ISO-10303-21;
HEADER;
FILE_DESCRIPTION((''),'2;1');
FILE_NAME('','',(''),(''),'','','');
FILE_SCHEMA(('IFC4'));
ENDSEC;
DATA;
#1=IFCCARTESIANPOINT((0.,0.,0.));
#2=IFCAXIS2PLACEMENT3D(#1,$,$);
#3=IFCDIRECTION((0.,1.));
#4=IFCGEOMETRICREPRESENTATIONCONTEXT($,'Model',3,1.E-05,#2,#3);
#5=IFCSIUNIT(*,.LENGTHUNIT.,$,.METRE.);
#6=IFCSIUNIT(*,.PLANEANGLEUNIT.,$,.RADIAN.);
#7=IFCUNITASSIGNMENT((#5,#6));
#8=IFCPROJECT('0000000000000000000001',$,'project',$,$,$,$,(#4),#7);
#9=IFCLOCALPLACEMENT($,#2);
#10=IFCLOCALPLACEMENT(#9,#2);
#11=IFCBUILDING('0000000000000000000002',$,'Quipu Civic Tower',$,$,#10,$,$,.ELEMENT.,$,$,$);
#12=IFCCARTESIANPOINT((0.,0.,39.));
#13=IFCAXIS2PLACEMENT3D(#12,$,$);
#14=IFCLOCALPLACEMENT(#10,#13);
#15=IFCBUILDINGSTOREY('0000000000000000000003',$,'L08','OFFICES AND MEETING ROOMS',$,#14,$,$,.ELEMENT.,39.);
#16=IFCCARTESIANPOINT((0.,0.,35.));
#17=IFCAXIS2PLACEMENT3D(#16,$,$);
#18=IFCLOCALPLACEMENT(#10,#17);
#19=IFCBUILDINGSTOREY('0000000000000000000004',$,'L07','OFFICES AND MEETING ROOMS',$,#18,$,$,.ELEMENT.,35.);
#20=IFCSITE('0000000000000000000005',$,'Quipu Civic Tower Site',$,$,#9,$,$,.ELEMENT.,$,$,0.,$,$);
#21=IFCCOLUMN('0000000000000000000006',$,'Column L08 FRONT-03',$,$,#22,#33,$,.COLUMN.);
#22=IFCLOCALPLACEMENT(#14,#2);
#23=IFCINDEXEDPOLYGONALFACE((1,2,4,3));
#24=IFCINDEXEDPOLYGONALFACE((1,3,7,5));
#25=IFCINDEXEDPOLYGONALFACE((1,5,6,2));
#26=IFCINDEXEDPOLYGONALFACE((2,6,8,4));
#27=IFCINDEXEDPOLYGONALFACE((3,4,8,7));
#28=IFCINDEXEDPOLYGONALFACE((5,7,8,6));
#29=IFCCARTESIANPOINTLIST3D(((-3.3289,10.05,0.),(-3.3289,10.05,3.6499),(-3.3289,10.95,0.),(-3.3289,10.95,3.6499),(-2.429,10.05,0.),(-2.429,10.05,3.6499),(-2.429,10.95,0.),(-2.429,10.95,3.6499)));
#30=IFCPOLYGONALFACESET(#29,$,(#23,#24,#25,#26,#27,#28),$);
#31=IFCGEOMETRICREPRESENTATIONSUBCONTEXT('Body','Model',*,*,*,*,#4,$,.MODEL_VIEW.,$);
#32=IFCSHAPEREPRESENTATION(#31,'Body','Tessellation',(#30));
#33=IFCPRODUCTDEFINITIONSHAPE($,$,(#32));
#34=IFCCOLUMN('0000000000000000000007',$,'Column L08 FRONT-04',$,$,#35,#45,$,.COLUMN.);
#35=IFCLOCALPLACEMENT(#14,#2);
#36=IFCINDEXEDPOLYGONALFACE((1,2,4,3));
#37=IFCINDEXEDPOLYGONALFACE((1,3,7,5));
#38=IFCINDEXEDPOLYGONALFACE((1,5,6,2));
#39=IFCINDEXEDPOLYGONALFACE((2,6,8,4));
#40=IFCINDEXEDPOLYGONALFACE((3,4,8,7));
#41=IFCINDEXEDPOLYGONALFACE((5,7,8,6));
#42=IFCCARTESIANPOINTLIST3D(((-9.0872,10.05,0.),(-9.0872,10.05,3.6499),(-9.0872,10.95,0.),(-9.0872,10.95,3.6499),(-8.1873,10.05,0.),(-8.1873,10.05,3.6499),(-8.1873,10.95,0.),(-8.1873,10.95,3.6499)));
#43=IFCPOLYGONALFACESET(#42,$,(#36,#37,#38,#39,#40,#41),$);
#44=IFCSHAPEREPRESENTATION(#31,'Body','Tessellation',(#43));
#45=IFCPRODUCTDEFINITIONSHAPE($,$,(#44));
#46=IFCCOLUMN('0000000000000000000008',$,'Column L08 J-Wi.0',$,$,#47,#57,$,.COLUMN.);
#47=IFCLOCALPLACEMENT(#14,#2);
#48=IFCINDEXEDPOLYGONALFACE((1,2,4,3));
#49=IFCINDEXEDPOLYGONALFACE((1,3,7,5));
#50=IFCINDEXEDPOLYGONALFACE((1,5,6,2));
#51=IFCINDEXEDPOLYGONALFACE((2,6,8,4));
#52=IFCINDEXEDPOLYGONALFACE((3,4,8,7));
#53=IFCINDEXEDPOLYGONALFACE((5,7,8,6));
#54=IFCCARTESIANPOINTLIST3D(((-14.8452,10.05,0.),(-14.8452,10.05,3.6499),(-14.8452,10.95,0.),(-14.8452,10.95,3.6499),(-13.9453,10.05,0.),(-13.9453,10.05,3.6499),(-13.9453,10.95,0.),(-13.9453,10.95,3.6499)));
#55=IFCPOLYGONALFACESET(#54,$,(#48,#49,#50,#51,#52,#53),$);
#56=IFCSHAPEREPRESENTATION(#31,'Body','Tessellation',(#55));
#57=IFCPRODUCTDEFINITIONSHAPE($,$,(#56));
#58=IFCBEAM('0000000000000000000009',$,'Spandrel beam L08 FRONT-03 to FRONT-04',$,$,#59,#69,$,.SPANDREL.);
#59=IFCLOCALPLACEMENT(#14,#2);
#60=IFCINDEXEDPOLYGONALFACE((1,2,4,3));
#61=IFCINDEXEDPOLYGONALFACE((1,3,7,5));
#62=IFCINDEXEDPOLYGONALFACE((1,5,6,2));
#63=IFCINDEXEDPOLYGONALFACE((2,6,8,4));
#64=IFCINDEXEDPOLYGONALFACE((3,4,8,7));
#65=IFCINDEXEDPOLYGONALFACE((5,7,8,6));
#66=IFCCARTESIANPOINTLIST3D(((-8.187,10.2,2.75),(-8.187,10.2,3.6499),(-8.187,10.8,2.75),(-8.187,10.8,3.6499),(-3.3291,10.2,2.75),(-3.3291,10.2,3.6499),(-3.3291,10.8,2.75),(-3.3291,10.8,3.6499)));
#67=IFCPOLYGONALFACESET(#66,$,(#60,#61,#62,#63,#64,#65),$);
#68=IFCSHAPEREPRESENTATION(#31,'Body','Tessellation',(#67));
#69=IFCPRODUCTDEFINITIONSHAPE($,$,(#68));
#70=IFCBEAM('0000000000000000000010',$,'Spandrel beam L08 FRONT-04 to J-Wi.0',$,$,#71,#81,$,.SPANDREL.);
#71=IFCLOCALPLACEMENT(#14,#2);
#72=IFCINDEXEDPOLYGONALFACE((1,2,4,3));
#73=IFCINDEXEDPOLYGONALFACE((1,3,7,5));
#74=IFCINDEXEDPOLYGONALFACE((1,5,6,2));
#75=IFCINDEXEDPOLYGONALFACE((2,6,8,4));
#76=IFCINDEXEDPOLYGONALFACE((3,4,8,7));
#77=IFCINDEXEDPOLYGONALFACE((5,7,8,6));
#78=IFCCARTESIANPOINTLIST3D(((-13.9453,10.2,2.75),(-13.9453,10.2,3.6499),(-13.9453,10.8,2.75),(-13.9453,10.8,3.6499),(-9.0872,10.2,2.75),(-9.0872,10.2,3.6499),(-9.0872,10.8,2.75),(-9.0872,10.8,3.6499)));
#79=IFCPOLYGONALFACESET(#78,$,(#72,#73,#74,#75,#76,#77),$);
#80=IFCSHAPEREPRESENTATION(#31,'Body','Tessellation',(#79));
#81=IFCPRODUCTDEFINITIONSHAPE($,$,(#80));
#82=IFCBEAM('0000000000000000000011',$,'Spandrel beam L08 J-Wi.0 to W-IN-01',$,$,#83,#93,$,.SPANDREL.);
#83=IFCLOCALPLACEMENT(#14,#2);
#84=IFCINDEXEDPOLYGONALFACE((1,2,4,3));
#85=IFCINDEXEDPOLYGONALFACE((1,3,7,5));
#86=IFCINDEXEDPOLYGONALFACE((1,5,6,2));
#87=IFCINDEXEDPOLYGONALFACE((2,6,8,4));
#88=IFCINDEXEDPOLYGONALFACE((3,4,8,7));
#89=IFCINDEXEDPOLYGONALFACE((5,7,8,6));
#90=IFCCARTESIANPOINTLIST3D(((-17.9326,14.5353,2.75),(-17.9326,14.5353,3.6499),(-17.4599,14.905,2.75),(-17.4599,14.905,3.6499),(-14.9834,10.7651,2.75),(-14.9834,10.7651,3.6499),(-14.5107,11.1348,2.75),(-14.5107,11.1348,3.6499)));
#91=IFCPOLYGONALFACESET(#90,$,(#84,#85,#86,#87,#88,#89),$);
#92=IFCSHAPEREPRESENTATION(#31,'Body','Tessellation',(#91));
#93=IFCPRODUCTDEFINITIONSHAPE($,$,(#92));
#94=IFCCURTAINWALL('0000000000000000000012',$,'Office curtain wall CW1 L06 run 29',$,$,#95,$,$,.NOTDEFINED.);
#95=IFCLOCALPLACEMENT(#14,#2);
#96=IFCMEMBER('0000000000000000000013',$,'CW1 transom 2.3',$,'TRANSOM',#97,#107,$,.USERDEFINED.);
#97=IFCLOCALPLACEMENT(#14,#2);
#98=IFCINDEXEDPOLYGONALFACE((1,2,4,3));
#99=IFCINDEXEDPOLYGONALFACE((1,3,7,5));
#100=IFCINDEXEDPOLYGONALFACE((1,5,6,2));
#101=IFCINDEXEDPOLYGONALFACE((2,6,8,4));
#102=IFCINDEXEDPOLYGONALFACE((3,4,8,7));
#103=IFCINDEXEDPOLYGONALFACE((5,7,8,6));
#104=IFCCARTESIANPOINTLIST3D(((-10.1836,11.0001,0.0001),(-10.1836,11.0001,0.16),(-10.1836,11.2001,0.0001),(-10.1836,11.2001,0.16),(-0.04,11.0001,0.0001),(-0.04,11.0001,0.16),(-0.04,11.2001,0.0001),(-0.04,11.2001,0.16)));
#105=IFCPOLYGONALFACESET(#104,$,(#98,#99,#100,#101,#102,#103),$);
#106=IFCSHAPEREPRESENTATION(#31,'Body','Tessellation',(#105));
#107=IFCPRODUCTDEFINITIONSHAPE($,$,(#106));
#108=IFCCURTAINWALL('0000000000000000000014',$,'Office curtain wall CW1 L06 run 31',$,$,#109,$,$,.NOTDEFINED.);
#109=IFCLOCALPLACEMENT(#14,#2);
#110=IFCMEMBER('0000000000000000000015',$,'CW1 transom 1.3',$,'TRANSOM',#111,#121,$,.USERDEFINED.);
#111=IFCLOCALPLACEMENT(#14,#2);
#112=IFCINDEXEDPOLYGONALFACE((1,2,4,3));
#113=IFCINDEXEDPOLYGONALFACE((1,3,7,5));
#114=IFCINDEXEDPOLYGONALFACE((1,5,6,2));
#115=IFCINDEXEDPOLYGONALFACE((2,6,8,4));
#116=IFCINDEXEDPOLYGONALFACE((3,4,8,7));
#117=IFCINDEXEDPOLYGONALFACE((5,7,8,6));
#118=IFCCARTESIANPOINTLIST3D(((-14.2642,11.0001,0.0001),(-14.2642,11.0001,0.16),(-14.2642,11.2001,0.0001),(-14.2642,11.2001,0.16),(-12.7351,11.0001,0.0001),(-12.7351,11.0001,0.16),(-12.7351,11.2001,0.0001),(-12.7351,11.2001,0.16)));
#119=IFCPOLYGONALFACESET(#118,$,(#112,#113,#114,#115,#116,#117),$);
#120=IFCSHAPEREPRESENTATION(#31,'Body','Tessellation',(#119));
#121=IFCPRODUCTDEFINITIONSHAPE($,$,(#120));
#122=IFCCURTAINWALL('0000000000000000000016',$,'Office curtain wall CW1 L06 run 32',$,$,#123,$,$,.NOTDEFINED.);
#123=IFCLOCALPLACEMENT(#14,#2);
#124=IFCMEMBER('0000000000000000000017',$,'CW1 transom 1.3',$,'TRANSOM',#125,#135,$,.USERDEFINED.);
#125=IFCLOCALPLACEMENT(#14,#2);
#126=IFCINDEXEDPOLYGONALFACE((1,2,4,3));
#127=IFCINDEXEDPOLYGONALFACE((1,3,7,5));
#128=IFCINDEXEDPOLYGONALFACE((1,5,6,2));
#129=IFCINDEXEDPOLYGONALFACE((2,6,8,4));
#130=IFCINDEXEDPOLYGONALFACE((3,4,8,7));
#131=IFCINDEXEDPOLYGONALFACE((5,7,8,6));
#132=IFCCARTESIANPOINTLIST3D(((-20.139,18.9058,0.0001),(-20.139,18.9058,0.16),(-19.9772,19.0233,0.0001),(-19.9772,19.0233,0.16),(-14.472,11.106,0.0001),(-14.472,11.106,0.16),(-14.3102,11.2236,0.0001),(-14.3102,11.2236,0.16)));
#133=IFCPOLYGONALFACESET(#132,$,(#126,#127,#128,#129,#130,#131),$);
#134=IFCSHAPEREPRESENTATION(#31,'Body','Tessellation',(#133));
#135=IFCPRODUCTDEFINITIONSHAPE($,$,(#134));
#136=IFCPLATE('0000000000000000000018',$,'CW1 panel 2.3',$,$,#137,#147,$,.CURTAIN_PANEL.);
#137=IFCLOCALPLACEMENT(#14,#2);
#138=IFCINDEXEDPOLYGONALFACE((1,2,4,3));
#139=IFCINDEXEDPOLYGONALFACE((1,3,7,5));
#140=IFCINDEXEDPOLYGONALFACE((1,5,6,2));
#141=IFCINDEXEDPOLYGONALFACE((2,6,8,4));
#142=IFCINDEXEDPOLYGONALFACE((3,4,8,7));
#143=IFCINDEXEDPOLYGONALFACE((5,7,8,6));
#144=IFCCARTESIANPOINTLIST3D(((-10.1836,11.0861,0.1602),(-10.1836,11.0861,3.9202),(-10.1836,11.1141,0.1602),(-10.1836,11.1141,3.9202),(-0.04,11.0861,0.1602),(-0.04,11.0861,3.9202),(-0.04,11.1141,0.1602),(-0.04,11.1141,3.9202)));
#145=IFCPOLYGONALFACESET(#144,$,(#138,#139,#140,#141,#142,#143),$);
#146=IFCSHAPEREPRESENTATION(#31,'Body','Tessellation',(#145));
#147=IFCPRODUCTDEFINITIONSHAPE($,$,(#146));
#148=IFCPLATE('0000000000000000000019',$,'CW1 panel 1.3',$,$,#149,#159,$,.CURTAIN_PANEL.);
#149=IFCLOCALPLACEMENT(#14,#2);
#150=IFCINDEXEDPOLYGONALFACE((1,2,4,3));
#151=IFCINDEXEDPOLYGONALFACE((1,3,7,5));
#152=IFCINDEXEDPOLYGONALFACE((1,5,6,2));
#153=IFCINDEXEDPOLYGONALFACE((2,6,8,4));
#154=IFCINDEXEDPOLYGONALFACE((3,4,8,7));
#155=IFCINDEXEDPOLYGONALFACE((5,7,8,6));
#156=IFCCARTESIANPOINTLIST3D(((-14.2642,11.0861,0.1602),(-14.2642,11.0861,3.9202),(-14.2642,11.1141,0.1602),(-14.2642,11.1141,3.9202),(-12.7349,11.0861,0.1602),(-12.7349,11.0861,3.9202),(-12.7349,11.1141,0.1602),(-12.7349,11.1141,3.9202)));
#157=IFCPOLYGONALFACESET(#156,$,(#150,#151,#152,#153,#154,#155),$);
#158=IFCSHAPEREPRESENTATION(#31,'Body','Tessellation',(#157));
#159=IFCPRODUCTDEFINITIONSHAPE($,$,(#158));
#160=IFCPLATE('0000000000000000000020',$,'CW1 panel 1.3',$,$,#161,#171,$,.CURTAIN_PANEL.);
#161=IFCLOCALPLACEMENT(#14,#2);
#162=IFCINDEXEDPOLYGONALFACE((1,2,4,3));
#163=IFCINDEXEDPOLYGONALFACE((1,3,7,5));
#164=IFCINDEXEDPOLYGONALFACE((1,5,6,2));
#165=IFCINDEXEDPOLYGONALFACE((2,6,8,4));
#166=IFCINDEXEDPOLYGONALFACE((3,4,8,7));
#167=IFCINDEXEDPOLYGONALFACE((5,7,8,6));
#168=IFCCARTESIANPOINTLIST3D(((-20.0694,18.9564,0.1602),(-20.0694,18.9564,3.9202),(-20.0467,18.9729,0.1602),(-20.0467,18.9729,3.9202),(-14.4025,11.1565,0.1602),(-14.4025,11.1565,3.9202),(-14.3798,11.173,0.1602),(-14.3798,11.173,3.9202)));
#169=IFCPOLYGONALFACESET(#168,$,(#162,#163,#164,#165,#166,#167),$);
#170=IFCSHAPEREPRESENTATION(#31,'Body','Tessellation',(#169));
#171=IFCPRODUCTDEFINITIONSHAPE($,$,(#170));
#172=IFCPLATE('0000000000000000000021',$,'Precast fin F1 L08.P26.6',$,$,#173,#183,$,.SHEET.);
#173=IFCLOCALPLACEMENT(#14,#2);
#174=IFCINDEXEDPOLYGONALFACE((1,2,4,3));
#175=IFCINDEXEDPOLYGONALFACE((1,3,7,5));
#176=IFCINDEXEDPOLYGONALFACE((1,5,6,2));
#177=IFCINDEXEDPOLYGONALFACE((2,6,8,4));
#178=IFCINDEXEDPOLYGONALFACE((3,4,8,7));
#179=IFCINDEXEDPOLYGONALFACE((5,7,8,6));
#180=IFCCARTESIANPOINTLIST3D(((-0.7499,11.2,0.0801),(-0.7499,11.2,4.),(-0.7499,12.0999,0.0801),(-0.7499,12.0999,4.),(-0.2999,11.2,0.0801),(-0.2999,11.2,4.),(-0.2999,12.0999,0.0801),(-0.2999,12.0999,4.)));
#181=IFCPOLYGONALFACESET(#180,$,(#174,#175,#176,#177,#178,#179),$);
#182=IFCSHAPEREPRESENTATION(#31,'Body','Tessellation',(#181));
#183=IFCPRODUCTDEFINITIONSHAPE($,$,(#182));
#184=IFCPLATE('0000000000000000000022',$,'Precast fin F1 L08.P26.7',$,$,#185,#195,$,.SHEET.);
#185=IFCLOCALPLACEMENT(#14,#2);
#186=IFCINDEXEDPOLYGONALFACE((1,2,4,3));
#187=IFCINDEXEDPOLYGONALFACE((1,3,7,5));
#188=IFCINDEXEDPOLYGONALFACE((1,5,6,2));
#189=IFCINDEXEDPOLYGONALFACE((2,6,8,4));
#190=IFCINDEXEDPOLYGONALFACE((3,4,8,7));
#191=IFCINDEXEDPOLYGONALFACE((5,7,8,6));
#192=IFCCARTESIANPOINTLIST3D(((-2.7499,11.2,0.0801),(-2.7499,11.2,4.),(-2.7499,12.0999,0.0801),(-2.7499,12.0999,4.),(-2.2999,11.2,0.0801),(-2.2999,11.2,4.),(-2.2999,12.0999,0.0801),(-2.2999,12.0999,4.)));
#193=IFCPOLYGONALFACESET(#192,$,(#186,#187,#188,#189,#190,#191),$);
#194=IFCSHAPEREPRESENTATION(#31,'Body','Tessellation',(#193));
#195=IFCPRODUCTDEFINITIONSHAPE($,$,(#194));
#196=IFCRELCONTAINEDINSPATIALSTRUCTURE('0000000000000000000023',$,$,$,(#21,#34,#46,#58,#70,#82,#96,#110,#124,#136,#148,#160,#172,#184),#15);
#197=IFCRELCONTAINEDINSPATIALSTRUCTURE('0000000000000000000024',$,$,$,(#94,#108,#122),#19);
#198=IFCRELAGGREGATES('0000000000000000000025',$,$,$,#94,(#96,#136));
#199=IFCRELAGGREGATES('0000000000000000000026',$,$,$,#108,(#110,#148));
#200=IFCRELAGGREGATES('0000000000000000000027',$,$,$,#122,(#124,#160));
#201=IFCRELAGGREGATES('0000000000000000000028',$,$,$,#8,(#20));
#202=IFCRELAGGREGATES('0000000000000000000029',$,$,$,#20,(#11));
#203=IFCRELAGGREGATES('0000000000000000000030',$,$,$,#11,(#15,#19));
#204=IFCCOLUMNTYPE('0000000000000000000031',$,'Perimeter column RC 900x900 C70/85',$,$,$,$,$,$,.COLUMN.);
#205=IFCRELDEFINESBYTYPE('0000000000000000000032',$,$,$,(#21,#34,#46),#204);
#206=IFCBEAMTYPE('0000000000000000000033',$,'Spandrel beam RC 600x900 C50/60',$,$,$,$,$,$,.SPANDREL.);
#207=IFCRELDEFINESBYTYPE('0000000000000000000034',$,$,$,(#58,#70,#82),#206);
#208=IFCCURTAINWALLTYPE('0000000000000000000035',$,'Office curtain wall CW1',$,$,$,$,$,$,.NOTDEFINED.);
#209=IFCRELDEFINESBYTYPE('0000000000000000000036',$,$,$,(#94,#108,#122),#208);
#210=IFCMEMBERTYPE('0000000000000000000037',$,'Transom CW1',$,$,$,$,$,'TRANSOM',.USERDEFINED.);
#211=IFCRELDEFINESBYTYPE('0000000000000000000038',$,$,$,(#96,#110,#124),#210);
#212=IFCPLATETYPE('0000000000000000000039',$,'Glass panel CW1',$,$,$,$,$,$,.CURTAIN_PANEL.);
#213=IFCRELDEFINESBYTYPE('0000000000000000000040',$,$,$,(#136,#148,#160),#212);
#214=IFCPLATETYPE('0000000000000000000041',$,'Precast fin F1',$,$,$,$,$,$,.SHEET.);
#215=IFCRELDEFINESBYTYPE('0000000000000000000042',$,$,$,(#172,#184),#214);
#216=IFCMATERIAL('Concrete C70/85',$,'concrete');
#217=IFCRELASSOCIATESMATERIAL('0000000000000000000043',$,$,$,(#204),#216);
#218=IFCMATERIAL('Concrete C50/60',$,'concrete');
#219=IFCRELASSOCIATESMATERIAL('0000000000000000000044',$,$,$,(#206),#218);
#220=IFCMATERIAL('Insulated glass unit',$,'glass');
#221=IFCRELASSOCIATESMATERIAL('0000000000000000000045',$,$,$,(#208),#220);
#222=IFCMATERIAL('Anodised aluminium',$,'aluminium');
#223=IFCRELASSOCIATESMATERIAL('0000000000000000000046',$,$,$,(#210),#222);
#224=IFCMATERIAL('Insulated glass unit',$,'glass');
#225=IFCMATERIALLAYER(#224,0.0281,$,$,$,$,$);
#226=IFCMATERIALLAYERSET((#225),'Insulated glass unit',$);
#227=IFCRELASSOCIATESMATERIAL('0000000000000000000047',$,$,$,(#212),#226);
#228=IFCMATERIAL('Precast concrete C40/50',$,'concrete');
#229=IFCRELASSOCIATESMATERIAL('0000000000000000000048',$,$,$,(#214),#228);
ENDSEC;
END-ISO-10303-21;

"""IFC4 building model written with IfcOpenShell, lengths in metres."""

from ifc_helpers import new_model, si_unit, direction, frame, origin, origin_2d, place, context, subcontext, project, spatial, rectangle, extrude, material, layer, layer_set, material_profile, profile_set, type_object, element, aggregate, save


model = new_model("IFC4")

# Units and contexts
model_context = context("Model", 3, precision=1e-05, world=origin(), true_north=direction((0.0, 1.0)))
body_context = subcontext(model_context, "Body", "Model", "MODEL_VIEW")
ifc_project = project(units=[si_unit("LENGTHUNIT", "METRE"), si_unit("PLANEANGLEUNIT", "RADIAN")], contexts=[model_context])

# Site, building, storey
site_placement = place(None, origin())
site = spatial("IfcSite", under=ifc_project, at=site_placement, Name="Quipu Civic Tower Site", CompositionType="ELEMENT", RefElevation=0.0)
building_placement = place(site_placement, origin())
building = spatial("IfcBuilding", under=site, at=building_placement, Name="Quipu Civic Tower", CompositionType="ELEMENT")
storey_1_placement = place(building_placement, frame((0.0, 0.0, 39.0)))
storey_1 = spatial("IfcBuildingStorey", under=building, at=storey_1_placement, Name="L08", Description="OFFICES AND MEETING ROOMS", CompositionType="ELEMENT", Elevation=39.0)

# Columns
ifc_material_1 = material(Name="Concrete C70/85", Category="concrete")
ifc_material_profile_1 = material_profile(ifc_material_1, rectangle(XDim=0.8999, YDim=0.8999, at=origin_2d()), Name="RC900x900")
ifc_profile_set_1 = profile_set([ifc_material_profile_1], Name="Concrete C70/85")
column_type = type_object("IfcColumnType", Name="Perimeter column RC 900x900 C70/85", PredefinedType="COLUMN", material=ifc_profile_set_1)
for number, where, z_axis, x_axis, name in (
    (1, (-2.8789, 10.5, 0.0), (0.0, 0.0, 1.0), (-1.0, 0.0, 0.0), "Column L08 FRONT-03"),
    (2, (-8.6372, 10.5, 0.0), (0.0, 0.0, 1.0), (-1.0, 0.0, 0.0), "Column L08 FRONT-04"),
    (3, (-14.3953, 10.5, 0.0), (0.0, 0.0, 1.0), (-1.0, 0.0, 0.0), "Column L08 J-Wi.0"),
):
    element("IfcColumn", number, at=place(storey_1_placement, frame(where, z_axis=z_axis, x_axis=x_axis)), inside=storey_1, type_object=column_type, Name=name, PredefinedType="COLUMN", context=body_context, shape_type="SweptSolid", body=[
        extrude(rectangle(XDim=0.8999, YDim=0.8999, at=origin_2d()), origin(), (0.0, 0.0, 1.0), 3.6499),
    ])

# Beams
ifc_material_2 = material(Name="Concrete C50/60", Category="concrete")
ifc_material_profile_2 = material_profile(ifc_material_2, rectangle(XDim=0.6001, YDim=0.8999, at=origin_2d()), Name="RC600x900")
ifc_profile_set_2 = profile_set([ifc_material_profile_2], Name="Concrete C50/60")
beam_type = type_object("IfcBeamType", Name="Spandrel beam RC 600x900 C50/60", PredefinedType="SPANDREL", material=ifc_profile_set_2)
beam_1_placement = place(storey_1_placement, frame((-3.3291, 10.5, 3.2), z_axis=(-1.0, 0.0, 0.0), x_axis=(0.0, -1.0, 0.0)))
element("IfcBeam", 4, at=beam_1_placement, inside=storey_1, type_object=beam_type, Name="Spandrel beam L08 FRONT-03 to FRONT-04", PredefinedType="SPANDREL", context=body_context, shape_type="SweptSolid", body=[
    extrude(rectangle(XDim=0.6001, YDim=0.8999, at=origin_2d()), origin(), (0.0, 0.0, 1.0), 4.8579),
])
beam_2_placement = place(storey_1_placement, frame((-9.0872, 10.5, 3.2), z_axis=(-1.0, 0.0, 0.0), x_axis=(0.0, -1.0, 0.0)))
element("IfcBeam", 5, at=beam_2_placement, inside=storey_1, type_object=beam_type, Name="Spandrel beam L08 FRONT-04 to J-Wi.0", PredefinedType="SPANDREL", context=body_context, shape_type="SweptSolid", body=[
    extrude(rectangle(XDim=0.6001, YDim=0.8999, at=origin_2d()), origin(), (0.0, 0.0, 1.0), 4.8582),
])
beam_3_placement = place(storey_1_placement, frame((-14.7471, 10.95, 3.2), z_axis=(-0.616124, 0.787649, 0.0), x_axis=(-0.787649, -0.616124, 0.0)))
element("IfcBeam", 6, at=beam_3_placement, inside=storey_1, type_object=beam_type, Name="Spandrel beam L08 J-Wi.0 to W-IN-01", PredefinedType="SPANDREL", context=body_context, shape_type="SweptSolid", body=[
    extrude(rectangle(XDim=0.6001, YDim=0.8999, at=origin_2d()), origin(), (0.0, 0.0, 1.0), 4.7866),
])

# Shared definitions
storey_2_placement = place(building_placement, frame((0.0, 0.0, 35.0)))
storey_2 = spatial("IfcBuildingStorey", under=building, at=storey_2_placement, Name="L07", Description="OFFICES AND MEETING ROOMS", CompositionType="ELEMENT", Elevation=35.0)

# Curtain walls, members
ifc_material_3 = material(Name="Insulated glass unit", Category="glass")
curtain_wall_type = type_object("IfcCurtainWallType", Name="Office curtain wall CW1", PredefinedType="NOTDEFINED", material=ifc_material_3)
curtain_wall_1_placement = place(storey_2_placement, origin())
curtain_wall_1 = element("IfcCurtainWall", 7, at=curtain_wall_1_placement, inside=storey_2, type_object=curtain_wall_type, Name="Office curtain wall CW1 L06 run 29", PredefinedType="NOTDEFINED")
ifc_material_4 = material(Name="Anodised aluminium", Category="aluminium")
ifc_material_profile_3 = material_profile(ifc_material_4, rectangle(XDim=0.2, YDim=0.1599, at=origin_2d()), Name="RECT 200x160")
ifc_profile_set_3 = profile_set([ifc_material_profile_3], Name="Anodised aluminium")
member_type = type_object("IfcMemberType", Name="Transom CW1", ElementType="TRANSOM", PredefinedType="USERDEFINED", material=ifc_profile_set_3)
member_1_placement = place(storey_1_placement, frame((-0.04, 11.1001, 0.0801), z_axis=(-1.0, 0.0, 0.0), x_axis=(0.0, -1.0, 0.0)))
member_1 = element("IfcMember", 8, at=member_1_placement, inside=storey_1, type_object=member_type, Name="CW1 transom 2.3", ObjectType="TRANSOM", PredefinedType="USERDEFINED", context=body_context, shape_type="SweptSolid", body=[
    extrude(rectangle(XDim=0.2, YDim=0.1599, at=origin_2d()), origin(), (0.0, 0.0, 1.0), 10.1436),
])
curtain_wall_2_placement = place(storey_2_placement, origin())
curtain_wall_2 = element("IfcCurtainWall", 9, at=curtain_wall_2_placement, inside=storey_2, type_object=curtain_wall_type, Name="Office curtain wall CW1 L06 run 31", PredefinedType="NOTDEFINED")
member_2_placement = place(storey_1_placement, frame((-12.7351, 11.1001, 0.0801), z_axis=(-1.0, 0.0, 0.0), x_axis=(0.0, -1.0, 0.0)))
member_2 = element("IfcMember", 10, at=member_2_placement, inside=storey_1, type_object=member_type, Name="CW1 transom 1.3", ObjectType="TRANSOM", PredefinedType="USERDEFINED", context=body_context, shape_type="SweptSolid", body=[
    extrude(rectangle(XDim=0.2, YDim=0.1599, at=origin_2d()), origin(), (0.0, 0.0, 1.0), 1.5291),
])
curtain_wall_3_placement = place(storey_2_placement, origin())
curtain_wall_3 = element("IfcCurtainWall", 11, at=curtain_wall_3_placement, inside=storey_2, type_object=curtain_wall_type, Name="Office curtain wall CW1 L06 run 32", PredefinedType="NOTDEFINED")
member_3_placement = place(storey_1_placement, frame((-14.3911, 11.1648, 0.0801), z_axis=(-0.587792, 0.809012, 0.0), x_axis=(-0.809012, -0.587792, 0.0)))
member_3 = element("IfcMember", 12, at=member_3_placement, inside=storey_1, type_object=member_type, Name="CW1 transom 1.3", ObjectType="TRANSOM", PredefinedType="USERDEFINED", context=body_context, shape_type="SweptSolid", body=[
    extrude(rectangle(XDim=0.2, YDim=0.1599, at=origin_2d()), origin(), (0.0, 0.0, 1.0), 9.6411),
])

# Plates
ifc_material_5 = material(Name="Insulated glass unit", Category="glass")
ifc_layer_1 = layer(ifc_material_5, 0.0281)
ifc_layer_set_1 = layer_set([ifc_layer_1], Name="Insulated glass unit")
plate_type_1 = type_object("IfcPlateType", Name="Glass panel CW1", PredefinedType="CURTAIN_PANEL", material=ifc_layer_set_1)
plate_1_placement = place(storey_1_placement, frame((-5.1118, 11.1001, 0.1602), z_axis=(0.0, 0.0, 1.0), x_axis=(-1.0, 0.0, 0.0)))
plate_1 = element("IfcPlate", 13, at=plate_1_placement, inside=storey_1, type_object=plate_type_1, Name="CW1 panel 2.3", PredefinedType="CURTAIN_PANEL", context=body_context, shape_type="SweptSolid", body=[
    extrude(rectangle(XDim=10.1436, YDim=0.0281, at=origin_2d()), origin(), (0.0, 0.0, 1.0), 3.76),
])
aggregate(curtain_wall_1, [member_1, plate_1])
plate_2_placement = place(storey_1_placement, frame((-13.4995, 11.1001, 0.1602), z_axis=(0.0, 0.0, 1.0), x_axis=(-1.0, 0.0, 0.0)))
plate_2 = element("IfcPlate", 14, at=plate_2_placement, inside=storey_1, type_object=plate_type_1, Name="CW1 panel 1.3", PredefinedType="CURTAIN_PANEL", context=body_context, shape_type="SweptSolid", body=[
    extrude(rectangle(XDim=1.5293, YDim=0.0281, at=origin_2d()), origin(), (0.0, 0.0, 1.0), 3.76),
])
aggregate(curtain_wall_2, [member_2, plate_2])
plate_3_placement = place(storey_1_placement, frame((-17.2246, 15.0647, 0.1602), z_axis=(0.0, 0.0, 1.0), x_axis=(-0.587786, 0.809017, 0.0)))
plate_3 = element("IfcPlate", 15, at=plate_3_placement, inside=storey_1, type_object=plate_type_1, Name="CW1 panel 1.3", PredefinedType="CURTAIN_PANEL", context=body_context, shape_type="SweptSolid", body=[
    extrude(rectangle(XDim=9.6411, YDim=0.0281, at=origin_2d()), origin(), (0.0, 0.0, 1.0), 3.76),
])
aggregate(curtain_wall_3, [member_3, plate_3])

# Plates
ifc_material_6 = material(Name="Precast concrete C40/50", Category="concrete")
plate_type_2 = type_object("IfcPlateType", Name="Precast fin F1", PredefinedType="SHEET", material=ifc_material_6)
for number, where, z_axis, x_axis, name in (
    (16, (-0.5249, 11.6499, 0.0801), (0.0, 0.0, 1.0), (-1.0, 0.0, 0.0), "Precast fin F1 L08.P26.6"),
    (17, (-2.5249, 11.6499, 0.0801), (0.0, 0.0, 1.0), (-1.0, 0.0, 0.0), "Precast fin F1 L08.P26.7"),
):
    element("IfcPlate", number, at=place(storey_1_placement, frame(where, z_axis=z_axis, x_axis=x_axis)), inside=storey_1, type_object=plate_type_2, Name=name, PredefinedType="SHEET", context=body_context, shape_type="SweptSolid", body=[
        extrude(rectangle(XDim=0.45, YDim=0.8999, at=origin_2d()), origin(), (0.0, 0.0, 1.0), 3.9199),
    ])

save(model, "model.ifc")
